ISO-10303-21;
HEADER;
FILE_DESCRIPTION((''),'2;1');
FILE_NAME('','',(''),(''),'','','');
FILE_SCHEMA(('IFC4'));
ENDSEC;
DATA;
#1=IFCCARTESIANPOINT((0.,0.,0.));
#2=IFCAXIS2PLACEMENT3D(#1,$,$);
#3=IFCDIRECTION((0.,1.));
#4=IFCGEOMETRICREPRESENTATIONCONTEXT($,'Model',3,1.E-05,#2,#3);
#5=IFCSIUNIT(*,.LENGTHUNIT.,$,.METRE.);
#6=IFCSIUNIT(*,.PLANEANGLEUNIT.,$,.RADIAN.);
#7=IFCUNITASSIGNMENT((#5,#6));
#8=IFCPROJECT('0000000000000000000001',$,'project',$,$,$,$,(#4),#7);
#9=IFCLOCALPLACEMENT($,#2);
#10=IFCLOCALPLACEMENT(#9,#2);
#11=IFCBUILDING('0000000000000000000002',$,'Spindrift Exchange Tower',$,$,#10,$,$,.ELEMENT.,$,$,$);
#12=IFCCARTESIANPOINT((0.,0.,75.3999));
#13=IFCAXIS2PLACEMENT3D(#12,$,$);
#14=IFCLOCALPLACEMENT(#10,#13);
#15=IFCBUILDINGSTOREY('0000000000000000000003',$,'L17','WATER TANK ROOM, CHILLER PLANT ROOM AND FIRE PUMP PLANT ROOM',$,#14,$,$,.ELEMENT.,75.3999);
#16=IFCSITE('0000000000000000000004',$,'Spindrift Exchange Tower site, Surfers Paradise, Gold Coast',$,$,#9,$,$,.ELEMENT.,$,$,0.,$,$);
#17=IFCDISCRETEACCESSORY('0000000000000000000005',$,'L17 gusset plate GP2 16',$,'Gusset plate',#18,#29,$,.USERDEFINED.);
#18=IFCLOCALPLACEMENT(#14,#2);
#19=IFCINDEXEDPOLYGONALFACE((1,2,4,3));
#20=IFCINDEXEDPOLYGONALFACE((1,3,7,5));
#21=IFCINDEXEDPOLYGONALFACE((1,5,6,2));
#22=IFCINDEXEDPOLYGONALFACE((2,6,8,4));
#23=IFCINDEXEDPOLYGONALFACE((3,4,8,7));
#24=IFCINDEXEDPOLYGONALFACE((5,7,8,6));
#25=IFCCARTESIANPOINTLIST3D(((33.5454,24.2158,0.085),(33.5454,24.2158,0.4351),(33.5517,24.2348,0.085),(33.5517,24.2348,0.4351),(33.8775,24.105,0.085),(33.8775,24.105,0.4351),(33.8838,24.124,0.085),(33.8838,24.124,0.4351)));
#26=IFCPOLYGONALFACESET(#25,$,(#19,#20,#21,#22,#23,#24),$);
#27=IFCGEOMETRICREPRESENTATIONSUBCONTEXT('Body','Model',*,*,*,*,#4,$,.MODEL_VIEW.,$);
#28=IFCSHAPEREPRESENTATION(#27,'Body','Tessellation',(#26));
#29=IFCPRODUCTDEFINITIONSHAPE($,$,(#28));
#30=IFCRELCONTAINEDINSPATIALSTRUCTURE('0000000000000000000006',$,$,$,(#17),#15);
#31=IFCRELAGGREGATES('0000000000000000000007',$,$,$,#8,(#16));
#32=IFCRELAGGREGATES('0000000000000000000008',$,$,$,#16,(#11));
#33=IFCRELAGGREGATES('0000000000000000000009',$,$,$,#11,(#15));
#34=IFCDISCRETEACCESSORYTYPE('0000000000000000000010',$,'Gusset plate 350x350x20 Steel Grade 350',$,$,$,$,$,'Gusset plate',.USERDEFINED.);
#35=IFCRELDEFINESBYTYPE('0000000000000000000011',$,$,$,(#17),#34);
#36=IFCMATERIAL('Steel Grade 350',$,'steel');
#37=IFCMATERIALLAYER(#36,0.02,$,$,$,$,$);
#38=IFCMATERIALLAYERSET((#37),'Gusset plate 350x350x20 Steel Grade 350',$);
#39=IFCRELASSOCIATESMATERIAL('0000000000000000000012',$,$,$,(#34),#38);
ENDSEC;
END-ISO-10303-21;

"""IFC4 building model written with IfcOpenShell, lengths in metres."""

from ifc_helpers import new_model, si_unit, direction, frame, origin, origin_2d, place, context, subcontext, project, spatial, rectangle, extrude, source, transform, mapped, material, layer, layer_set, type_object, element, save


model = new_model("IFC4")

# Units and contexts
model_context = context("Model", 3, precision=1e-05, world=origin(), true_north=direction((0.0, 1.0)))
body_context = subcontext(model_context, "Body", "Model", "MODEL_VIEW")
ifc_project = project(units=[si_unit("LENGTHUNIT", "METRE"), si_unit("PLANEANGLEUNIT", "RADIAN")], contexts=[model_context])

# Site, building, storey
site_placement = place(None, origin())
site = spatial("IfcSite", under=ifc_project, at=site_placement, Name="Spindrift Exchange Tower site, Surfers Paradise, Gold Coast", CompositionType="ELEMENT", RefElevation=0.0)
building_placement = place(site_placement, origin())
building = spatial("IfcBuilding", under=site, at=building_placement, Name="Spindrift Exchange Tower", CompositionType="ELEMENT")
storey_placement = place(building_placement, frame((0.0, 0.0, 75.3999)))
storey = spatial("IfcBuildingStorey", under=building, at=storey_placement, Name="L17", Description="WATER TANK ROOM, CHILLER PLANT ROOM AND FIRE PUMP PLANT ROOM", CompositionType="ELEMENT", Elevation=75.3999)

# Shared definitions
ifc_material_1 = material(Name="Steel Grade 350", Category="steel")

# Discrete accessory
ifc_layer_1 = layer(ifc_material_1, 0.02)
ifc_layer_set_1 = layer_set([ifc_layer_1], Name="Gusset plate 350x350x20 Steel Grade 350")
discrete_accessory_type_1 = type_object("IfcDiscreteAccessoryType", Name="Gusset plate 350x350x20 Steel Grade 350", ElementType="Gusset plate", PredefinedType="USERDEFINED", material=ifc_layer_set_1)
shared_shape_1 = source(origin(), body_context, "Body", "SweptSolid", [
    extrude(rectangle(XDim=0.3501, YDim=0.02, at=origin_2d()), origin(), (0.0, 0.0, 1.0), 0.3501),
])
for number, where, z_axis, x_axis, name in (
    (1, (33.7146, 24.1699, 0.085), (0.0, 0.0, 1.0), (0.948568, -0.316575, 0.0), "L17 gusset plate GP2 16"),
):
    element("IfcDiscreteAccessory", number, at=place(storey_placement, frame(where, z_axis=z_axis, x_axis=x_axis)), inside=storey, type_object=discrete_accessory_type_1, Name=name, ObjectType="Gusset plate", PredefinedType="USERDEFINED", context=body_context, shape_type="MappedRepresentation", body=[
        mapped(shared_shape_1, transform((0.0, 0.0, 0.0), scale=1.0)),
    ])

save(model, "model.ifc")
